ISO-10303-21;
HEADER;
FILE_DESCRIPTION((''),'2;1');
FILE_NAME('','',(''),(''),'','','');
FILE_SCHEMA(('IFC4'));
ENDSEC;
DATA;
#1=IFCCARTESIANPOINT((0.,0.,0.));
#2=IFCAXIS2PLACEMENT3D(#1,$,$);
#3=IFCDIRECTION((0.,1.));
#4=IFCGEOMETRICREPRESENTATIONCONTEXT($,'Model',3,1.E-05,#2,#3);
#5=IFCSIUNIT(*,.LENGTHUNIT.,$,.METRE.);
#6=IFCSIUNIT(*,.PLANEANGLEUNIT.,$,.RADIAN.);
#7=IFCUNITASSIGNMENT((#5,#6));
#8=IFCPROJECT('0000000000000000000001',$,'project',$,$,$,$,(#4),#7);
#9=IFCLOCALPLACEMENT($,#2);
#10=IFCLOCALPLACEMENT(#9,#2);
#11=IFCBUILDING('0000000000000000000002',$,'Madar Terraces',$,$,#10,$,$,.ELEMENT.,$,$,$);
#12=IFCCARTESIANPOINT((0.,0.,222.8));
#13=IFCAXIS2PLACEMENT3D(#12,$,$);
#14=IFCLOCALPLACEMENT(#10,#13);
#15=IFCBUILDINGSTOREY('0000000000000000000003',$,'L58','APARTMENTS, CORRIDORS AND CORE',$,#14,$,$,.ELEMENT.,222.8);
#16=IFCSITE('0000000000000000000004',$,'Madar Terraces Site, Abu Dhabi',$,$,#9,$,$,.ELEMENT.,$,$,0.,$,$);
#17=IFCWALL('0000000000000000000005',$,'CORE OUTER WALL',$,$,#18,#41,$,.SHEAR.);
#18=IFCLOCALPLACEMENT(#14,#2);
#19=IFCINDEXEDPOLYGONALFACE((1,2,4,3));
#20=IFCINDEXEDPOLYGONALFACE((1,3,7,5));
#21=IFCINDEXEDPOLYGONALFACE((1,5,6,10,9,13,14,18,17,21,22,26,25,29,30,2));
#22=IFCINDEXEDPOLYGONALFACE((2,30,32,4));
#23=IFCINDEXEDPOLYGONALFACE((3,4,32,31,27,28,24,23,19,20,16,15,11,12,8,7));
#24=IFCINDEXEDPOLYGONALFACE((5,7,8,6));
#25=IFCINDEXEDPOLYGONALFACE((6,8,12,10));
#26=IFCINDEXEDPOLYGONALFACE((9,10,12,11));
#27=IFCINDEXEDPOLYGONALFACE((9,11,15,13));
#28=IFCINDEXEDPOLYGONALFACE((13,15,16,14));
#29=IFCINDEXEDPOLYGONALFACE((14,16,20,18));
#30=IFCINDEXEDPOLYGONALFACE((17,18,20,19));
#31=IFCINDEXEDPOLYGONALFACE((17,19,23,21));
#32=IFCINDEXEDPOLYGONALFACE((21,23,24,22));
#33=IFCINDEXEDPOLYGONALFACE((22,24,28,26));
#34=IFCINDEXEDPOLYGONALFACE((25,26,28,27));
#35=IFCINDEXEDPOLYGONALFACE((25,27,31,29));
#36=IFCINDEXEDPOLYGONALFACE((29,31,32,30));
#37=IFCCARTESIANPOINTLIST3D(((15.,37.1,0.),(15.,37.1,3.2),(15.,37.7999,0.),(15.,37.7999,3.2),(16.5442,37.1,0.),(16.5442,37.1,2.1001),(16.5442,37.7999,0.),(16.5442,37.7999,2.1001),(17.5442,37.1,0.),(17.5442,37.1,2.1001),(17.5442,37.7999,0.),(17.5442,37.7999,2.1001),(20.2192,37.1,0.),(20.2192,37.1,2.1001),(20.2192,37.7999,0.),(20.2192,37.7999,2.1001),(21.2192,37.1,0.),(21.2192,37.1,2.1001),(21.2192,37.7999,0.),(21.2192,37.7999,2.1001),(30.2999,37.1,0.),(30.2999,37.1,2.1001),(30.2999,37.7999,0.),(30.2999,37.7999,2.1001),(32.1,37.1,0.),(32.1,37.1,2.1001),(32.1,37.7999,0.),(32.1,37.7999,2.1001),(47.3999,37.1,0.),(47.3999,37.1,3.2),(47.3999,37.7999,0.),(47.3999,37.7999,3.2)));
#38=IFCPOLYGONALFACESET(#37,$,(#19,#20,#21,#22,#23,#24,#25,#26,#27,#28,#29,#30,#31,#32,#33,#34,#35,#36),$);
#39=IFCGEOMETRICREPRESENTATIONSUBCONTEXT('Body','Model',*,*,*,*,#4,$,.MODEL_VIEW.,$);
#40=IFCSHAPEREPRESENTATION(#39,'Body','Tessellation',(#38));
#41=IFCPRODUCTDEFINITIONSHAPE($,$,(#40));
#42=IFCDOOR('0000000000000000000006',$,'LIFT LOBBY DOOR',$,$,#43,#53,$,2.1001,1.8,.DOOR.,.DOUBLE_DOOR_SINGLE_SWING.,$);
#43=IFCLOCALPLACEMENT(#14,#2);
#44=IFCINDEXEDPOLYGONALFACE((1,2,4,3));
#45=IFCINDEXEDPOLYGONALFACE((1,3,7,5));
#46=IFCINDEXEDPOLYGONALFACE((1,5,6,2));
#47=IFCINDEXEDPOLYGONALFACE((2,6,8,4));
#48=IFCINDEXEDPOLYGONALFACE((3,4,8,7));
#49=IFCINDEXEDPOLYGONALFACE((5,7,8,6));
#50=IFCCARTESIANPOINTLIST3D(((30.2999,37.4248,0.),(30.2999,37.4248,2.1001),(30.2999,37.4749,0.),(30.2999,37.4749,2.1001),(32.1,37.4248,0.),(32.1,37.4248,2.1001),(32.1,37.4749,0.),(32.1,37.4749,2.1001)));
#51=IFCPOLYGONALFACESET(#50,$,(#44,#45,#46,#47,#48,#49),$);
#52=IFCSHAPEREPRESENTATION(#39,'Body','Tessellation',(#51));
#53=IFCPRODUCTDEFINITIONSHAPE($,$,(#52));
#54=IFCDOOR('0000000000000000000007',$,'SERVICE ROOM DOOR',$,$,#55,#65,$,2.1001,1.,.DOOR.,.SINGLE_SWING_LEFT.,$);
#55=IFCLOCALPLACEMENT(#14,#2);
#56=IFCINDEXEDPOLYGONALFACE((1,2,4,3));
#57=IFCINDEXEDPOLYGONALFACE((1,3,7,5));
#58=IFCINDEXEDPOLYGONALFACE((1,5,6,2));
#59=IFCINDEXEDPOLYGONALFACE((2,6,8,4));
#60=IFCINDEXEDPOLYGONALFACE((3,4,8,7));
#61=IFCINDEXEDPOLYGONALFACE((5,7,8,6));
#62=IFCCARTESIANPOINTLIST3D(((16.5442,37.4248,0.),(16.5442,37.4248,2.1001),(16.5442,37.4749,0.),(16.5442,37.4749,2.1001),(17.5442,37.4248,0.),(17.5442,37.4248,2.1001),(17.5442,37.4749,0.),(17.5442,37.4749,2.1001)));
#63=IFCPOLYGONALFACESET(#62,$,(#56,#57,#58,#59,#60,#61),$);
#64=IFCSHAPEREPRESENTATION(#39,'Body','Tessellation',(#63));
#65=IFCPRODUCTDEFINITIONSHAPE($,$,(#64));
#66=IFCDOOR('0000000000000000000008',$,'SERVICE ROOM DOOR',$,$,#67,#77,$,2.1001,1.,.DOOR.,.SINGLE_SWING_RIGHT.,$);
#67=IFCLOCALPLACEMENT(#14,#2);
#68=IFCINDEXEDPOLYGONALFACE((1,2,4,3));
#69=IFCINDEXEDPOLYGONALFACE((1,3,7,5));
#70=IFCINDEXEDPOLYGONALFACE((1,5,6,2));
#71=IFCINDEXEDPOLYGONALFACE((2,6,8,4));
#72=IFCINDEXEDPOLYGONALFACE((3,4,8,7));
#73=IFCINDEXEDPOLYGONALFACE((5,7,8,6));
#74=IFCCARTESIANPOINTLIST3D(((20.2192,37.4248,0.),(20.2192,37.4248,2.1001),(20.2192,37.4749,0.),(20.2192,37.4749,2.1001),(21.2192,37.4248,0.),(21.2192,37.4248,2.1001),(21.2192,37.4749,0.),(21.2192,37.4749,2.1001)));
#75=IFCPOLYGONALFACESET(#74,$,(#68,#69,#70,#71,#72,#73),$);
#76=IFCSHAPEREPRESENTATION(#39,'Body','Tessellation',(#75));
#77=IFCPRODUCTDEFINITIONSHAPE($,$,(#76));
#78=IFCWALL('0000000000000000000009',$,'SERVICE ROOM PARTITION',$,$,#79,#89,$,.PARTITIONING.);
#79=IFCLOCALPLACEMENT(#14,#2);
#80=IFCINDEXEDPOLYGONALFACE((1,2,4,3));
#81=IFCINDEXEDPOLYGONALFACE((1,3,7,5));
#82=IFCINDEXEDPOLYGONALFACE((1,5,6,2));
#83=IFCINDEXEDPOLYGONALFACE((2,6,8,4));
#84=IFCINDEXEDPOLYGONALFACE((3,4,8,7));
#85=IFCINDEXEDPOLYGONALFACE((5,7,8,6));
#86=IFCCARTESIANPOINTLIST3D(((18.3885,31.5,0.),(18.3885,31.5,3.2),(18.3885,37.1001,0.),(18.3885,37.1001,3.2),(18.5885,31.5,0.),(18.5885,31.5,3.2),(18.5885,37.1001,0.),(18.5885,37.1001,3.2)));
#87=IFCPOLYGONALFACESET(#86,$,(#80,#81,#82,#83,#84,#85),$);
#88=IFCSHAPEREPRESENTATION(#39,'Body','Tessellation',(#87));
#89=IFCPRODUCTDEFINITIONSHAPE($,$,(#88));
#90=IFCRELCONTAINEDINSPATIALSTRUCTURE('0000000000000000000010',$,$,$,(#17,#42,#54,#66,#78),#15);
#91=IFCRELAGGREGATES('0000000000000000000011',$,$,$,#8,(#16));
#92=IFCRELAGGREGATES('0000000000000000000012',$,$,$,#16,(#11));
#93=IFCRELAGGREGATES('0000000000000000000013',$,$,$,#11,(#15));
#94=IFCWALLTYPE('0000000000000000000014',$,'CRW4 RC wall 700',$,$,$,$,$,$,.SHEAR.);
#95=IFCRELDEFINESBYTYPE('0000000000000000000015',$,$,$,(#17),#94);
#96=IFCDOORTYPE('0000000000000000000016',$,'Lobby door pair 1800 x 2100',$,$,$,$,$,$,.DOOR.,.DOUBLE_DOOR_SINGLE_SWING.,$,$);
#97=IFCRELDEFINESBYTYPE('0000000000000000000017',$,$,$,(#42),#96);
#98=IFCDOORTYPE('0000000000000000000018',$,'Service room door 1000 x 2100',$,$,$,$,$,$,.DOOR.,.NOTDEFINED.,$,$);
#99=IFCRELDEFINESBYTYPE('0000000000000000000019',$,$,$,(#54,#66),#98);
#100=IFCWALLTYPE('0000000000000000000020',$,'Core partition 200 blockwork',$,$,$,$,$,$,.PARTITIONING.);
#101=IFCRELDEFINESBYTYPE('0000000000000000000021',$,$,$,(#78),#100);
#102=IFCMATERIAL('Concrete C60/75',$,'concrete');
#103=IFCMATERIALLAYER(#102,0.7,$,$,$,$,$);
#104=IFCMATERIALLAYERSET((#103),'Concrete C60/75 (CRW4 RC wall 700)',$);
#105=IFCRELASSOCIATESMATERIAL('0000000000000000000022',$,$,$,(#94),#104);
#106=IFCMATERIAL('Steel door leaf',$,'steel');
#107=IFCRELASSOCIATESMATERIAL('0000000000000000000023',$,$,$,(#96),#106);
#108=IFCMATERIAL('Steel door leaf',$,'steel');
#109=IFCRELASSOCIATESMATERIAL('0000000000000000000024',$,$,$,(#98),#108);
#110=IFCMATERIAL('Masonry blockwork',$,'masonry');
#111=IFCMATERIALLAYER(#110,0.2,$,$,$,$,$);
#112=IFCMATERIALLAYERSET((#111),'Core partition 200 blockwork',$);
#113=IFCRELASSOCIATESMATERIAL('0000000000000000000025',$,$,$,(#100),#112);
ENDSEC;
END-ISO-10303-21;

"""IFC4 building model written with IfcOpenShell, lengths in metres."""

from ifc_helpers import new_model, si_unit, direction, frame, frame_2d, origin, place, context, subcontext, project, spatial, rectangle, extrude, material, layer, layer_set, type_object, element, fill, save


model = new_model("IFC4")

# Units and contexts
model_context = context("Model", 3, precision=1e-05, world=origin(), true_north=direction((0.0, 1.0)))
body_context = subcontext(model_context, "Body", "Model", "MODEL_VIEW")
ifc_project = project(units=[si_unit("LENGTHUNIT", "METRE"), si_unit("PLANEANGLEUNIT", "RADIAN")], contexts=[model_context])

# Site, building, storey
site_placement = place(None, origin())
site = spatial("IfcSite", under=ifc_project, at=site_placement, Name="Madar Terraces Site, Abu Dhabi", CompositionType="ELEMENT", RefElevation=0.0)
building_placement = place(site_placement, origin())
building = spatial("IfcBuilding", under=site, at=building_placement, Name="Madar Terraces", CompositionType="ELEMENT")
storey_placement = place(building_placement, frame((0.0, 0.0, 222.8)))
storey = spatial("IfcBuildingStorey", under=building, at=storey_placement, Name="L58", Description="APARTMENTS, CORRIDORS AND CORE", CompositionType="ELEMENT", Elevation=222.8)

# Wall, openings, doors
ifc_material_1 = material(Name="Concrete C60/75", Category="concrete")
ifc_layer_1 = layer(ifc_material_1, 0.7)
ifc_layer_set_1 = layer_set([ifc_layer_1], Name="Concrete C60/75 (CRW4 RC wall 700)")
wall_type_1 = type_object("IfcWallType", Name="CRW4 RC wall 700", PredefinedType="SHEAR", material=ifc_layer_set_1)
wall_1_placement = place(storey_placement, frame((15.0, 37.45, 0.0), z_axis=(0.0, 0.0, 1.0), x_axis=(1.0, 0.0, 0.0)))
wall_1 = element("IfcWall", 1, at=wall_1_placement, inside=storey, type_object=wall_type_1, Name="CORE OUTER WALL", PredefinedType="SHEAR", context=body_context, shape_type="SweptSolid", body=[
    extrude(rectangle(XDim=32.3999, YDim=0.7, at=frame_2d((16.2, 0.0))), origin(), (0.0, 0.0, 1.0), 3.2),
])
opening_1_placement = place(wall_1_placement, frame((15.3, 0.0, 0.0)))
opening_1 = element("IfcOpeningElement", 2, at=opening_1_placement, cuts=wall_1, PredefinedType="OPENING", context=body_context, shape_type="SweptSolid", body=[
    extrude(rectangle(XDim=1.8, YDim=2.1001, at=frame_2d((0.8999, 1.05))), frame((0.0, 0.3599, 0.0), z_axis=(0.0, -1.0, 0.0), x_axis=(1.0, 0.0, 0.0)), (0.0, 0.0, 1.0), 0.72),
])
opening_2_placement = place(wall_1_placement, frame((1.5442, 0.0, 0.0)))
opening_2 = element("IfcOpeningElement", 3, at=opening_2_placement, cuts=wall_1, PredefinedType="OPENING", context=body_context, shape_type="SweptSolid", body=[
    extrude(rectangle(XDim=1.0, YDim=2.1001, at=frame_2d((0.5, 1.05))), frame((0.0, 0.3599, 0.0), z_axis=(0.0, -1.0, 0.0), x_axis=(1.0, 0.0, 0.0)), (0.0, 0.0, 1.0), 0.72),
])
opening_3_placement = place(wall_1_placement, frame((5.2192, 0.0, 0.0)))
opening_3 = element("IfcOpeningElement", 4, at=opening_3_placement, cuts=wall_1, PredefinedType="OPENING", context=body_context, shape_type="SweptSolid", body=[
    extrude(rectangle(XDim=1.0, YDim=2.1001, at=frame_2d((0.5, 1.05))), frame((0.0, 0.3599, 0.0), z_axis=(0.0, -1.0, 0.0), x_axis=(1.0, 0.0, 0.0)), (0.0, 0.0, 1.0), 0.72),
])
ifc_material_2 = material(Name="Steel door leaf", Category="steel")
door_type_1 = type_object("IfcDoorType", Name="Lobby door pair 1800 x 2100", OperationType="DOUBLE_DOOR_SINGLE_SWING", PredefinedType="DOOR", material=ifc_material_2)
door_1_placement = place(opening_1_placement, origin())
door_1 = element("IfcDoor", 5, at=door_1_placement, inside=storey, type_object=door_type_1, Name="LIFT LOBBY DOOR", OperationType="DOUBLE_DOOR_SINGLE_SWING", OverallHeight=2.1001, OverallWidth=1.8, PredefinedType="DOOR", context=body_context, shape_type="SweptSolid", body=[
    extrude(rectangle(XDim=1.8, YDim=2.1001, at=frame_2d((0.8999, 1.05))), frame((0.0, 0.0249, 0.0), z_axis=(0.0, -1.0, 0.0), x_axis=(1.0, 0.0, 0.0)), (0.0, 0.0, 1.0), 0.05),
])
fill(opening_1, door_1)
ifc_material_3 = material(Name="Steel door leaf", Category="steel")
door_type_2 = type_object("IfcDoorType", Name="Service room door 1000 x 2100", OperationType="NOTDEFINED", PredefinedType="DOOR", material=ifc_material_3)
door_2_placement = place(opening_2_placement, origin())
door_2 = element("IfcDoor", 6, at=door_2_placement, inside=storey, type_object=door_type_2, Name="SERVICE ROOM DOOR", OperationType="SINGLE_SWING_LEFT", OverallHeight=2.1001, OverallWidth=1.0, PredefinedType="DOOR", context=body_context, shape_type="SweptSolid", body=[
    extrude(rectangle(XDim=1.0, YDim=2.1001, at=frame_2d((0.5, 1.05))), frame((0.0, 0.0249, 0.0), z_axis=(0.0, -1.0, 0.0), x_axis=(1.0, 0.0, 0.0)), (0.0, 0.0, 1.0), 0.05),
])
fill(opening_2, door_2)
door_3_placement = place(opening_3_placement, origin())
door_3 = element("IfcDoor", 7, at=door_3_placement, inside=storey, type_object=door_type_2, Name="SERVICE ROOM DOOR", OperationType="SINGLE_SWING_RIGHT", OverallHeight=2.1001, OverallWidth=1.0, PredefinedType="DOOR", context=body_context, shape_type="SweptSolid", body=[
    extrude(rectangle(XDim=1.0, YDim=2.1001, at=frame_2d((0.5, 1.05))), frame((0.0, 0.0249, 0.0), z_axis=(0.0, -1.0, 0.0), x_axis=(1.0, 0.0, 0.0)), (0.0, 0.0, 1.0), 0.05),
])
fill(opening_3, door_3)

# Wall
ifc_material_4 = material(Name="Masonry blockwork", Category="masonry")
ifc_layer_2 = layer(ifc_material_4, 0.2)
ifc_layer_set_2 = layer_set([ifc_layer_2], Name="Core partition 200 blockwork")
wall_type_2 = type_object("IfcWallType", Name="Core partition 200 blockwork", PredefinedType="PARTITIONING", material=ifc_layer_set_2)
wall_2_placement = place(storey_placement, frame((18.4885, 31.5, 0.0), z_axis=(0.0, 0.0, 1.0), x_axis=(0.0, 1.0, 0.0)))
element("IfcWall", 8, at=wall_2_placement, inside=storey, type_object=wall_type_2, Name="SERVICE ROOM PARTITION", PredefinedType="PARTITIONING", context=body_context, shape_type="SweptSolid", body=[
    extrude(rectangle(XDim=5.6001, YDim=0.2, at=frame_2d((2.8, 0.0))), origin(), (0.0, 0.0, 1.0), 3.2),
])

save(model, "model.ifc")
